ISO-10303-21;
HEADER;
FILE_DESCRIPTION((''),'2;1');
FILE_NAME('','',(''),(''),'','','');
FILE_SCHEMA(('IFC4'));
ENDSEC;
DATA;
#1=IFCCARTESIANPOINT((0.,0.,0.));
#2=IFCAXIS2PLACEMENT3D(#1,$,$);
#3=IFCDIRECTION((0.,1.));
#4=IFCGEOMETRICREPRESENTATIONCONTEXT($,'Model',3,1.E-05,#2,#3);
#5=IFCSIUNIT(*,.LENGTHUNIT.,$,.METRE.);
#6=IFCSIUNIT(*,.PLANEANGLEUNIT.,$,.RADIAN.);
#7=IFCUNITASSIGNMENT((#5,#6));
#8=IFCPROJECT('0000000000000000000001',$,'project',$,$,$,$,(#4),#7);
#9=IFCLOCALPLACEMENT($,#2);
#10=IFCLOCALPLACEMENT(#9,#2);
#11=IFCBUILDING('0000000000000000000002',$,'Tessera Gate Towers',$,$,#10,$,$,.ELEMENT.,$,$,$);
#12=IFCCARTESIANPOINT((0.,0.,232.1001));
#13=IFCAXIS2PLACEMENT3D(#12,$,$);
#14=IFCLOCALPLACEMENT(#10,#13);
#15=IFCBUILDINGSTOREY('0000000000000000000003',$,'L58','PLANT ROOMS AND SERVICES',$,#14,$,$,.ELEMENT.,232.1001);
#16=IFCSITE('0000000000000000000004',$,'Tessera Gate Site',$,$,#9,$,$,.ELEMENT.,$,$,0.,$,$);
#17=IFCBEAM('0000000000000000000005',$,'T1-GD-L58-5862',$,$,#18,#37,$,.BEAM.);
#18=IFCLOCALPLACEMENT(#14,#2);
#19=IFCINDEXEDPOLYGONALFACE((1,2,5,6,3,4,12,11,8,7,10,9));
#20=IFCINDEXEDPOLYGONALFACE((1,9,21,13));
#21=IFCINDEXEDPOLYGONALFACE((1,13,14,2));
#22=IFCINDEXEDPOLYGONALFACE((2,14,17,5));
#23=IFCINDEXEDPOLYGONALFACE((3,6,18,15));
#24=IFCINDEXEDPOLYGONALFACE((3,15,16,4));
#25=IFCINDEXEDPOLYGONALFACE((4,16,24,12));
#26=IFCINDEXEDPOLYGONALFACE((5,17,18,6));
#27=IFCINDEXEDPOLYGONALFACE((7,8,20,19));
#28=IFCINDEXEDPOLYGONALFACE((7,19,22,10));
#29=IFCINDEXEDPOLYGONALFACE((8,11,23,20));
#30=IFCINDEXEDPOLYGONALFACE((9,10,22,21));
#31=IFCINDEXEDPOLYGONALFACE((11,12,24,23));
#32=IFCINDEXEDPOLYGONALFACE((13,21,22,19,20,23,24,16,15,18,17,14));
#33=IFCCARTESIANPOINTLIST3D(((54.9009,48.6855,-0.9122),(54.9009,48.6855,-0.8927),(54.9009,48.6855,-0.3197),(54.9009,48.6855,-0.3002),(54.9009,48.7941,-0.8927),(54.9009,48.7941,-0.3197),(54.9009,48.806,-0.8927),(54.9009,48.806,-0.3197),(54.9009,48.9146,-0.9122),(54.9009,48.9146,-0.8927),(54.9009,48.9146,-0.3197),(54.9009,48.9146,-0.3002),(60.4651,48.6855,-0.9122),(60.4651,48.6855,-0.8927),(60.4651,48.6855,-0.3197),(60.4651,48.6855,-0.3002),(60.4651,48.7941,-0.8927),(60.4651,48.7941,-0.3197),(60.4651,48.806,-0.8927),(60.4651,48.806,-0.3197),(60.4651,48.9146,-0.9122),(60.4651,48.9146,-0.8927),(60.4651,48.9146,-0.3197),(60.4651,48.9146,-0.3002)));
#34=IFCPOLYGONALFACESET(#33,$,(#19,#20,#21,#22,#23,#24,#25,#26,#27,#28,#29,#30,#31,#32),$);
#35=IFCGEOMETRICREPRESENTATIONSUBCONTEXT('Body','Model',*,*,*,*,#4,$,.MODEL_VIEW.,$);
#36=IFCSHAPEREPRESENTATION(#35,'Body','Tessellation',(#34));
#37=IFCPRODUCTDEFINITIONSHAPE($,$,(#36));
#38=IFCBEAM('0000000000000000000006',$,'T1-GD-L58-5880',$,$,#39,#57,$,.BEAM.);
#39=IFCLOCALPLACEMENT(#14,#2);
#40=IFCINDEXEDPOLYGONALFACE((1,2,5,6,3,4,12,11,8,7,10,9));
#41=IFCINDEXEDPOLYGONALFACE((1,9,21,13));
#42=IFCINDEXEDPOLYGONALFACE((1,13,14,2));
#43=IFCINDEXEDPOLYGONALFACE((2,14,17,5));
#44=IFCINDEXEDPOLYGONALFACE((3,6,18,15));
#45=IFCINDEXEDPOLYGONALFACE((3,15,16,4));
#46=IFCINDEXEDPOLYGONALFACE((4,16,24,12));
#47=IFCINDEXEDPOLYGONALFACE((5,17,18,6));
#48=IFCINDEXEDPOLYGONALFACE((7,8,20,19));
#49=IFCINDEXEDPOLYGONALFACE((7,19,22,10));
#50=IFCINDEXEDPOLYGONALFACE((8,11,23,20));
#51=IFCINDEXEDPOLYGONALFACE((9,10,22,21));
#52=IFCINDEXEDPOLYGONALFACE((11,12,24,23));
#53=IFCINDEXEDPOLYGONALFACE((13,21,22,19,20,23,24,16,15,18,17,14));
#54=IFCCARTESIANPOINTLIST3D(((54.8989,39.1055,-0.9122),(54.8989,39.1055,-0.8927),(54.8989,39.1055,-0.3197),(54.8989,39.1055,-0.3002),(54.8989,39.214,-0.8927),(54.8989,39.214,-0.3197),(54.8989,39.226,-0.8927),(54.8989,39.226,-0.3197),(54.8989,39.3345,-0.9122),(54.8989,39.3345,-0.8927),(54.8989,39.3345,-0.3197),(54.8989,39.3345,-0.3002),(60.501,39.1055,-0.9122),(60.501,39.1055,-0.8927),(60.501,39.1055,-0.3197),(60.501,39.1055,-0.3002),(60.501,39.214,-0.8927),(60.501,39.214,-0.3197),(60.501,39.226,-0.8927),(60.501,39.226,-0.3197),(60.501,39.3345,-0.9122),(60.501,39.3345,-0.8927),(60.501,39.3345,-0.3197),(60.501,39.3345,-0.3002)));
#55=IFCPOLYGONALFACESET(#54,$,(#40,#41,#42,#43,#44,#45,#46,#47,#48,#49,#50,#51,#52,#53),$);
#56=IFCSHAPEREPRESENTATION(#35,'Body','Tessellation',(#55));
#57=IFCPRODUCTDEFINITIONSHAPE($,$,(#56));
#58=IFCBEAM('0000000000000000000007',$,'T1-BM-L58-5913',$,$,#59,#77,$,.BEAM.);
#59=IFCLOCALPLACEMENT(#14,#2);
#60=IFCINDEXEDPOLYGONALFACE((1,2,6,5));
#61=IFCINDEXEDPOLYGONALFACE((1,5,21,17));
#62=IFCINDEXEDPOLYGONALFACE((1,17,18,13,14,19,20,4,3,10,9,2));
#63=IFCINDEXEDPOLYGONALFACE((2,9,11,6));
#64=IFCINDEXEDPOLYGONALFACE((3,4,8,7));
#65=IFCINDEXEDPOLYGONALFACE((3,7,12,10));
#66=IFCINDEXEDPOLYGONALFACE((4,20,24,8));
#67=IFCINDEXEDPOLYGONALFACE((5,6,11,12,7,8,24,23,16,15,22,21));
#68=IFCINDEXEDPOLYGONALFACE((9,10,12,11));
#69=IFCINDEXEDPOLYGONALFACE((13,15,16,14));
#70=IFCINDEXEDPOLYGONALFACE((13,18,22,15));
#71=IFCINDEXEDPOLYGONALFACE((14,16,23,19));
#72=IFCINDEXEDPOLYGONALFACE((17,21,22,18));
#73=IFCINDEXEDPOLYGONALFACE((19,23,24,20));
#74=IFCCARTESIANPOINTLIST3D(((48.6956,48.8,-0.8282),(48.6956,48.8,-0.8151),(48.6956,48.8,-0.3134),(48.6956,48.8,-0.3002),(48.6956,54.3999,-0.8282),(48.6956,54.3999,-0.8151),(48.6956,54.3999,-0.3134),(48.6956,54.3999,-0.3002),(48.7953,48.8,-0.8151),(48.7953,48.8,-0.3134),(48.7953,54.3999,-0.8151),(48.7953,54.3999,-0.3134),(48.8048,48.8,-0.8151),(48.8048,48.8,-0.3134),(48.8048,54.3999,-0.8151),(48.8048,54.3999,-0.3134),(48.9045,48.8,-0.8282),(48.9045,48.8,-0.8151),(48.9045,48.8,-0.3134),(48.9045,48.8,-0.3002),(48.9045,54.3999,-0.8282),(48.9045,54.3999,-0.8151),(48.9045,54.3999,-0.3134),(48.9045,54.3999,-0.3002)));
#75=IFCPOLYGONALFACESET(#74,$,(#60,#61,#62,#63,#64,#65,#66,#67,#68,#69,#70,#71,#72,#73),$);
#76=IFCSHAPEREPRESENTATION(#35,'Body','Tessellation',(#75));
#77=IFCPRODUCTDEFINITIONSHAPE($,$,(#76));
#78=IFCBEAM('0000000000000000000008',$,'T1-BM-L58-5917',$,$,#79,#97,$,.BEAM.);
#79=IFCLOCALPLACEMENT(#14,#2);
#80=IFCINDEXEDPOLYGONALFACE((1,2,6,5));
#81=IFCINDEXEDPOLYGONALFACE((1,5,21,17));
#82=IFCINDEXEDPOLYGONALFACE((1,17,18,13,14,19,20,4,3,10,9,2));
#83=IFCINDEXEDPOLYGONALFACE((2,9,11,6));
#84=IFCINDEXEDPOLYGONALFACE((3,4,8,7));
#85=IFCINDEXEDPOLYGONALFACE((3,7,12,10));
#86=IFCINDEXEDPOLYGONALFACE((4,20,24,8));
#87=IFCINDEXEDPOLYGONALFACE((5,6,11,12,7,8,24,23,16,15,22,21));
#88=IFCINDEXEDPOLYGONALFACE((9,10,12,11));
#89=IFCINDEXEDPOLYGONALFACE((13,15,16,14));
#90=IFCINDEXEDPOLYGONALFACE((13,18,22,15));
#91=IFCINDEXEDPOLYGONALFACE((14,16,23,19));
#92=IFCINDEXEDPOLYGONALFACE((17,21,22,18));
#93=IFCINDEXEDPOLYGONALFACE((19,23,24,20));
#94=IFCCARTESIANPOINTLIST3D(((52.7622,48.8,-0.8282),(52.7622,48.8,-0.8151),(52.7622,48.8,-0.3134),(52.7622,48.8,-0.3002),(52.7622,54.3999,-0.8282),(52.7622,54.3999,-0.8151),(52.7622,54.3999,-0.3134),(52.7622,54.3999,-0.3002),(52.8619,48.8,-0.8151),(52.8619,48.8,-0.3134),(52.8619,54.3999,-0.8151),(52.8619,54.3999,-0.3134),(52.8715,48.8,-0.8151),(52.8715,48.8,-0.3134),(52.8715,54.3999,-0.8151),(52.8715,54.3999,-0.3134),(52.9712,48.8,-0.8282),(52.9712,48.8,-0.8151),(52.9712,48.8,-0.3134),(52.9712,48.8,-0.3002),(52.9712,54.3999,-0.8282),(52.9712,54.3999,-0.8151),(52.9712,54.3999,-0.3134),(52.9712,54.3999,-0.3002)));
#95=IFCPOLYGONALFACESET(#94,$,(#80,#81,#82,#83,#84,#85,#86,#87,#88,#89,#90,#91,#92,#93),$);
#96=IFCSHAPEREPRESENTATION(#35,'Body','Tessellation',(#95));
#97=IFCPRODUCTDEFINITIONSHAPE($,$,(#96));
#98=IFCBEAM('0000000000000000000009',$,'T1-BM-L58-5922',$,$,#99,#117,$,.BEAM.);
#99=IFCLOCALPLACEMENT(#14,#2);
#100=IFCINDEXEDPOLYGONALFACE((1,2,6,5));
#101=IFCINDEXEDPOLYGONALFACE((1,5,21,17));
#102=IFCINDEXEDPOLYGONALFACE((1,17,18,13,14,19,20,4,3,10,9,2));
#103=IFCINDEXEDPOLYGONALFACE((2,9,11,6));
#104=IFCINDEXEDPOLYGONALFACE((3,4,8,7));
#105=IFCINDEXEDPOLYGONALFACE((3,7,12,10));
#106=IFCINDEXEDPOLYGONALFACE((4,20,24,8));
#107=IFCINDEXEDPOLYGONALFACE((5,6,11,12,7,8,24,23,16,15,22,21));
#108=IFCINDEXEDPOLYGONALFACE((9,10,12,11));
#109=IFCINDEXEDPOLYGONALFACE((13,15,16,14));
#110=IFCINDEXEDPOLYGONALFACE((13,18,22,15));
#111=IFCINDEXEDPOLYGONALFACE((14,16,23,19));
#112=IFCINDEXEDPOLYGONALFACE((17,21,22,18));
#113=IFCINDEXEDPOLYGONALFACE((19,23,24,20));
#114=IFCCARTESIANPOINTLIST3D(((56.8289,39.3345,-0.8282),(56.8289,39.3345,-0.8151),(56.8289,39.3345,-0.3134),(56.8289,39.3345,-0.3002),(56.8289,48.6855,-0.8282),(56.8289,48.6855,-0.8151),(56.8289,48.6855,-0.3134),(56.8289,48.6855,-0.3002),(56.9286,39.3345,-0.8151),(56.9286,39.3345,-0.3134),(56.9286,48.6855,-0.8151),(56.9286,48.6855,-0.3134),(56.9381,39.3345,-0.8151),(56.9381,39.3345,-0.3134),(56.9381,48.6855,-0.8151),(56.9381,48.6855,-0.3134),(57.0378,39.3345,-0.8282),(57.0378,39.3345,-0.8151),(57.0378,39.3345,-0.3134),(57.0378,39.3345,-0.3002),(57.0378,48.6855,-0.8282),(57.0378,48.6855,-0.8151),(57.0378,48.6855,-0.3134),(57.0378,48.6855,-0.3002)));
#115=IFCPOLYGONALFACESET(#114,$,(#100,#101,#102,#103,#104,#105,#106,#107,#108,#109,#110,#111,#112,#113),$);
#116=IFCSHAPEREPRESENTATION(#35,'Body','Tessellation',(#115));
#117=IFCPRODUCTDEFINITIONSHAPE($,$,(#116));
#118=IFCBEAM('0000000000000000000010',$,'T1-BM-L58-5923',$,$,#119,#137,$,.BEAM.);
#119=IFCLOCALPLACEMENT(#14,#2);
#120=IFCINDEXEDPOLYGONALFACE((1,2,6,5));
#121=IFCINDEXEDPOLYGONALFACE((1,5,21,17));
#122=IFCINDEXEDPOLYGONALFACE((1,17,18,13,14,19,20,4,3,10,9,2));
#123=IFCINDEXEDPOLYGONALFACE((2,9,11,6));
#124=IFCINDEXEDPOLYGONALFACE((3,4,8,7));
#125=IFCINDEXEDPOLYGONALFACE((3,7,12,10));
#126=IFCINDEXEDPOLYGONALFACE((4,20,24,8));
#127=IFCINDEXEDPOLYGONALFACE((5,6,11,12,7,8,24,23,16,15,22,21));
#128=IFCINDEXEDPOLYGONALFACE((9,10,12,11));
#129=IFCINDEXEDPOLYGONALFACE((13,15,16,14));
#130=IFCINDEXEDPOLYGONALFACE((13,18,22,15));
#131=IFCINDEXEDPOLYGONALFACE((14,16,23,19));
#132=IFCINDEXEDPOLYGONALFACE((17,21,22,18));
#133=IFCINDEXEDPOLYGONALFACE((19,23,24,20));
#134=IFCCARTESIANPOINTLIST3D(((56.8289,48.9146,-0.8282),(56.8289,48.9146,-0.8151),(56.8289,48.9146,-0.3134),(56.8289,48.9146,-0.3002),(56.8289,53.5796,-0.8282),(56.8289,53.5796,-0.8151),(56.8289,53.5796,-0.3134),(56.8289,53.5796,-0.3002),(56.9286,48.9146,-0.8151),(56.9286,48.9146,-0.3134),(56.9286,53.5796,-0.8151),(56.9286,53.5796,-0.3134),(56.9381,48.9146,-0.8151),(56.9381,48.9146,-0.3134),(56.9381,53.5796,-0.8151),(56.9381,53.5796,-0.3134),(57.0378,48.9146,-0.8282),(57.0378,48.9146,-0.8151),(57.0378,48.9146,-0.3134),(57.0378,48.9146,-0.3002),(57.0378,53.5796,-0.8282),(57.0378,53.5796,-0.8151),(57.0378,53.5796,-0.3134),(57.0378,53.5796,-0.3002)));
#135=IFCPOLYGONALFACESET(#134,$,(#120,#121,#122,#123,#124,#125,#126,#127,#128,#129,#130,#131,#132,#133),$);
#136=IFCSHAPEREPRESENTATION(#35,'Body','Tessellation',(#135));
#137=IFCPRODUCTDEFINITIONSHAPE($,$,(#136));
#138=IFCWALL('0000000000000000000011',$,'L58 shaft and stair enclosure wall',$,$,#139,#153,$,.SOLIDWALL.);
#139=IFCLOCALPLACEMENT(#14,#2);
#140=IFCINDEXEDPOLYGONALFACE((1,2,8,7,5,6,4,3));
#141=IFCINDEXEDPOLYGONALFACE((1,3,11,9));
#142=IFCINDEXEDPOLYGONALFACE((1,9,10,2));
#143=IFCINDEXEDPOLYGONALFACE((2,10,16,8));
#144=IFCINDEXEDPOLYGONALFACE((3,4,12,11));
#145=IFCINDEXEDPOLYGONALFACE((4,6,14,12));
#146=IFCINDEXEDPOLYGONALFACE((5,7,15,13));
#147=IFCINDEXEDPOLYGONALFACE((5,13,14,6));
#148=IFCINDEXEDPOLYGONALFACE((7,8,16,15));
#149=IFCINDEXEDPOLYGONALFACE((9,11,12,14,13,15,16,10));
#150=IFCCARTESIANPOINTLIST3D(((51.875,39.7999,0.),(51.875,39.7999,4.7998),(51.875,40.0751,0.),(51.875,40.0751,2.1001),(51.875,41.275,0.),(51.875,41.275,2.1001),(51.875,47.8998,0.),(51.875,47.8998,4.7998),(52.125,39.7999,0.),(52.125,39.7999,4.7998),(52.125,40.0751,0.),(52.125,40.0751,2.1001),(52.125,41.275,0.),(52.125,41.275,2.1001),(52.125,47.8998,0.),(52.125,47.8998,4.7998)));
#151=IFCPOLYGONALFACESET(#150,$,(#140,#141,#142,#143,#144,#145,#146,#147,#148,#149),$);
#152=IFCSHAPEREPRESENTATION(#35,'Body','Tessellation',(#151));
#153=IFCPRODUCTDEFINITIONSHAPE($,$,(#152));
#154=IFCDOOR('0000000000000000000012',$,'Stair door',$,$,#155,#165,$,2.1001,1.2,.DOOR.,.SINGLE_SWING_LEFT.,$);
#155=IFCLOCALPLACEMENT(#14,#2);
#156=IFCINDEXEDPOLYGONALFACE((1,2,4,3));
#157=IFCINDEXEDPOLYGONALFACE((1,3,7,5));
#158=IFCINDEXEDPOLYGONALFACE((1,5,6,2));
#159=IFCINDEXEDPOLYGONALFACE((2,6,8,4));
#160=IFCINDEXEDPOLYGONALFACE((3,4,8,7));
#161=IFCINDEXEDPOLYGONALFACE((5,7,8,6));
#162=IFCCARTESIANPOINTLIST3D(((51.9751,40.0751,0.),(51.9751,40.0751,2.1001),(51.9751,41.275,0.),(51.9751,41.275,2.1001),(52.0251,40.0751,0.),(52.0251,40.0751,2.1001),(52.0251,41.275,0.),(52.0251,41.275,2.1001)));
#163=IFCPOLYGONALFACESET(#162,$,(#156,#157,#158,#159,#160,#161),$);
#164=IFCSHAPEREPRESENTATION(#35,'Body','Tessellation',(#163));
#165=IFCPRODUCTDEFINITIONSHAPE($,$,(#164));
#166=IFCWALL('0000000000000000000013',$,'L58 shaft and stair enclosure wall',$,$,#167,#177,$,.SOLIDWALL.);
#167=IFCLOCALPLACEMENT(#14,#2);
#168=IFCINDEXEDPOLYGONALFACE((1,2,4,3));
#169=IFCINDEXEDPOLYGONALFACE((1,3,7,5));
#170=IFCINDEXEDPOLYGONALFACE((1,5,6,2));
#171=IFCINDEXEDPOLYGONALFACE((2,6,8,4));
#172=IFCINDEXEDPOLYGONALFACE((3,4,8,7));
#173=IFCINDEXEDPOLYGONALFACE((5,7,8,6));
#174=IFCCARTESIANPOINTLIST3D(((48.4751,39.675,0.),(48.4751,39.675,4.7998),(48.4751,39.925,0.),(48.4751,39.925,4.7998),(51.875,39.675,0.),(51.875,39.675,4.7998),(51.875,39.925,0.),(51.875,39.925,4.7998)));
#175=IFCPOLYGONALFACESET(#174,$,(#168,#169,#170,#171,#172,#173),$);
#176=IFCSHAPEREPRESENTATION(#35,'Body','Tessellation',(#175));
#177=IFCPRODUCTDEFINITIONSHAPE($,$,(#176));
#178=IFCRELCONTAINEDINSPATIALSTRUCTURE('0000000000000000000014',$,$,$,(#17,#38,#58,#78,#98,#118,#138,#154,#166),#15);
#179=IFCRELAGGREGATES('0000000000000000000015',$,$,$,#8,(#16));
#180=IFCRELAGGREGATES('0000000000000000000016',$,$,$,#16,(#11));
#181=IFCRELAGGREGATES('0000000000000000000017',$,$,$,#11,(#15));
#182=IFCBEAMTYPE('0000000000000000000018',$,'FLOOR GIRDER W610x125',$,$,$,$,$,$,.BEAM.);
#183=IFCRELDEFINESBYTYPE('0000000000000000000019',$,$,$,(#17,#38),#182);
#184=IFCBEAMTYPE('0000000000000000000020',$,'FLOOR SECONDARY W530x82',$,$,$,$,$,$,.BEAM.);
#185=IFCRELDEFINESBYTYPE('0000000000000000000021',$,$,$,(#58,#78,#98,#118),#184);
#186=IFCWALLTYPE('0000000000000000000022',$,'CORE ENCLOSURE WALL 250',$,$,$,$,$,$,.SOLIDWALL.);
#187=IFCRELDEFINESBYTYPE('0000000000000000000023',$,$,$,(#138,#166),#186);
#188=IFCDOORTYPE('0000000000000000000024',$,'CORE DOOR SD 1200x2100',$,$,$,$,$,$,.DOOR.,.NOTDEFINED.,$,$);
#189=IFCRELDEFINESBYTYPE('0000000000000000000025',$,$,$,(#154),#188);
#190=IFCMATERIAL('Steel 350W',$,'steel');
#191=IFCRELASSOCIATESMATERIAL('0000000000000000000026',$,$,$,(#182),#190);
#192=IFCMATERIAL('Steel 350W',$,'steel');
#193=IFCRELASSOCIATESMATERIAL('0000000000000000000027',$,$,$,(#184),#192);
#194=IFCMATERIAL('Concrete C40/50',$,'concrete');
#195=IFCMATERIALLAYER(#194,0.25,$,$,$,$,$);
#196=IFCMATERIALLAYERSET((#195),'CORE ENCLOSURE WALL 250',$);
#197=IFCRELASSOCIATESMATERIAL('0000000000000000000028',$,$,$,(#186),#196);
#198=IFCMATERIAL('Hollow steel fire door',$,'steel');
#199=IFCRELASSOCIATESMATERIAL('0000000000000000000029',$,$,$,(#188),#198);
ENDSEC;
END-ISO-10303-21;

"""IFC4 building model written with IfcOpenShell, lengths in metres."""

from ifc_helpers import new_model, si_unit, direction, frame, frame_2d, origin, origin_2d, place, context, subcontext, project, spatial, rectangle, i_section, extrude, source, transform, mapped, material, layer, layer_set, material_profile, profile_set, type_object, element, fill, save


model = new_model("IFC4")

# Units and contexts
model_context = context("Model", 3, precision=1e-05, world=origin(), true_north=direction((0.0, 1.0)))
body_context = subcontext(model_context, "Body", "Model", "MODEL_VIEW")
ifc_project = project(units=[si_unit("LENGTHUNIT", "METRE"), si_unit("PLANEANGLEUNIT", "RADIAN")], contexts=[model_context])

# Site, building, storey
site_placement = place(None, origin())
site = spatial("IfcSite", under=ifc_project, at=site_placement, Name="Tessera Gate Site", CompositionType="ELEMENT", RefElevation=0.0)
building_placement = place(site_placement, origin())
building = spatial("IfcBuilding", under=site, at=building_placement, Name="Tessera Gate Towers", CompositionType="ELEMENT")
storey_placement = place(building_placement, frame((0.0, 0.0, 232.1001)))
storey = spatial("IfcBuildingStorey", under=building, at=storey_placement, Name="L58", Description="PLANT ROOMS AND SERVICES", CompositionType="ELEMENT", Elevation=232.1001)

# Beams
ifc_material_1 = material(Name="Steel 350W", Category="steel")
ifc_material_profile_1 = material_profile(ifc_material_1, i_section(OverallWidth=0.229, OverallDepth=0.6121, WebThickness=0.012, FlangeThickness=0.0195, at=origin_2d()), Name="W610x125")
ifc_profile_set_1 = profile_set([ifc_material_profile_1], Name="Steel 350W")
beam_type_1 = type_object("IfcBeamType", Name="FLOOR GIRDER W610x125", PredefinedType="BEAM", material=ifc_profile_set_1)
beam_1_placement = place(storey_placement, frame((54.9009, 48.8, -0.6062), z_axis=(1.0, 0.0, 0.0), x_axis=(0.0, 1.0, 0.0)))
element("IfcBeam", 1, at=beam_1_placement, inside=storey, type_object=beam_type_1, Name="T1-GD-L58-5862", PredefinedType="BEAM", context=body_context, shape_type="SweptSolid", body=[
    extrude(i_section(OverallWidth=0.229, OverallDepth=0.6121, WebThickness=0.012, FlangeThickness=0.0195, at=origin_2d()), origin(), (0.0, 0.0, 1.0), 5.5642),
])
beam_2_placement = place(storey_placement, frame((54.8989, 39.22, -0.6062), z_axis=(1.0, 0.0, 0.0), x_axis=(0.0, 1.0, 0.0)))
element("IfcBeam", 2, at=beam_2_placement, inside=storey, type_object=beam_type_1, Name="T1-GD-L58-5880", PredefinedType="BEAM", context=body_context, shape_type="SweptSolid", body=[
    extrude(i_section(OverallWidth=0.229, OverallDepth=0.6121, WebThickness=0.012, FlangeThickness=0.0195, at=origin_2d()), origin(), (0.0, 0.0, 1.0), 5.6021),
])
ifc_material_2 = material(Name="Steel 350W", Category="steel")
ifc_material_profile_2 = material_profile(ifc_material_2, i_section(OverallWidth=0.209, OverallDepth=0.5281, WebThickness=0.0095, FlangeThickness=0.0132, at=origin_2d()), Name="W530x82")
ifc_profile_set_2 = profile_set([ifc_material_profile_2], Name="Steel 350W")
beam_type_2 = type_object("IfcBeamType", Name="FLOOR SECONDARY W530x82", PredefinedType="BEAM", material=ifc_profile_set_2)
for number, where, z_axis, x_axis, name in (
    (3, (48.8, 48.8, -0.5642), (0.0, 1.0, 0.0), (-1.0, 0.0, 0.0), "T1-BM-L58-5913"),
    (4, (52.8667, 48.8, -0.5642), (0.0, 1.0, 0.0), (-1.0, 0.0, 0.0), "T1-BM-L58-5917"),
):
    element("IfcBeam", number, at=place(storey_placement, frame(where, z_axis=z_axis, x_axis=x_axis)), inside=storey, type_object=beam_type_2, Name=name, PredefinedType="BEAM", context=body_context, shape_type="SweptSolid", body=[
        extrude(i_section(OverallWidth=0.209, OverallDepth=0.5281, WebThickness=0.0095, FlangeThickness=0.0132, at=origin_2d()), origin(), (0.0, 0.0, 1.0), 5.5999),
    ])
beam_3_placement = place(storey_placement, frame((56.9333, 39.3345, -0.5642), z_axis=(0.0, 1.0, 0.0), x_axis=(-1.0, 0.0, 0.0)))
element("IfcBeam", 5, at=beam_3_placement, inside=storey, type_object=beam_type_2, Name="T1-BM-L58-5922", PredefinedType="BEAM", context=body_context, shape_type="SweptSolid", body=[
    extrude(i_section(OverallWidth=0.209, OverallDepth=0.5281, WebThickness=0.0095, FlangeThickness=0.0132, at=origin_2d()), origin(), (0.0, 0.0, 1.0), 9.3511),
])
beam_4_placement = place(storey_placement, frame((56.9333, 48.9146, -0.5642), z_axis=(0.0, 1.0, 0.0), x_axis=(-1.0, 0.0, 0.0)))
element("IfcBeam", 6, at=beam_4_placement, inside=storey, type_object=beam_type_2, Name="T1-BM-L58-5923", PredefinedType="BEAM", context=body_context, shape_type="SweptSolid", body=[
    extrude(i_section(OverallWidth=0.209, OverallDepth=0.5281, WebThickness=0.0095, FlangeThickness=0.0132, at=origin_2d()), origin(), (0.0, 0.0, 1.0), 4.665),
])

# Wall, opening, door
ifc_material_3 = material(Name="Concrete C40/50", Category="concrete")
ifc_layer_1 = layer(ifc_material_3, 0.25)
ifc_layer_set_1 = layer_set([ifc_layer_1], Name="CORE ENCLOSURE WALL 250")
wall_type_1 = type_object("IfcWallType", Name="CORE ENCLOSURE WALL 250", PredefinedType="SOLIDWALL", material=ifc_layer_set_1)
wall_1_placement = place(storey_placement, frame((52.0, 39.8, 0.0), z_axis=(0.0, 0.0, 1.0), x_axis=(0.0, 1.0, 0.0)))
wall_1 = element("IfcWall", 7, at=wall_1_placement, inside=storey, type_object=wall_type_1, Name="L58 shaft and stair enclosure wall", PredefinedType="SOLIDWALL", context=body_context, shape_type="SweptSolid", body=[
    extrude(rectangle(XDim=8.0999, YDim=0.25, at=frame_2d((4.0498, 0.0))), origin(), (0.0, 0.0, 1.0), 4.7998),
])
shared_shape_1 = source(origin(), body_context, "Body", "SweptSolid", [
    extrude(rectangle(XDim=1.2, YDim=2.1001, at=frame_2d((0.6001, 1.05))), frame((0.0, 0.135, 0.0), z_axis=(0.0, -1.0, 0.0), x_axis=(1.0, 0.0, 0.0)), (0.0, 0.0, 1.0), 0.27),
])
opening_1_placement = place(wall_1_placement, frame((0.2749, 0.0, 0.0)))
opening_1 = element("IfcOpeningElement", 8, at=opening_1_placement, cuts=wall_1, PredefinedType="OPENING", context=body_context, shape_type="MappedRepresentation", body=[
    mapped(shared_shape_1, transform((0.0, 0.0, 0.0), scale=1.0)),
])
ifc_material_4 = material(Name="Hollow steel fire door", Category="steel")
door_type_1 = type_object("IfcDoorType", Name="CORE DOOR SD 1200x2100", OperationType="NOTDEFINED", PredefinedType="DOOR", material=ifc_material_4)
shared_shape_2 = source(origin(), body_context, "Body", "SweptSolid", [
    extrude(rectangle(XDim=1.2, YDim=2.1001, at=frame_2d((0.6001, 1.05))), frame((0.0, 0.0249, 0.0), z_axis=(0.0, -1.0, 0.0), x_axis=(1.0, 0.0, 0.0)), (0.0, 0.0, 1.0), 0.05),
])
door_1_placement = place(opening_1_placement, origin())
door_1 = element("IfcDoor", 9, at=door_1_placement, inside=storey, type_object=door_type_1, Name="Stair door", OperationType="SINGLE_SWING_LEFT", OverallHeight=2.1001, OverallWidth=1.2, PredefinedType="DOOR", context=body_context, shape_type="MappedRepresentation", body=[
    mapped(shared_shape_2, transform((0.0, 0.0, 0.0), scale=1.0)),
])
fill(opening_1, door_1)

# Wall
wall_2_placement = place(storey_placement, frame((48.4751, 39.8, 0.0), z_axis=(0.0, 0.0, 1.0), x_axis=(1.0, 0.0, 0.0)))
element("IfcWall", 10, at=wall_2_placement, inside=storey, type_object=wall_type_1, Name="L58 shaft and stair enclosure wall", PredefinedType="SOLIDWALL", context=body_context, shape_type="SweptSolid", body=[
    extrude(rectangle(XDim=3.3999, YDim=0.25, at=frame_2d((1.7, 0.0))), origin(), (0.0, 0.0, 1.0), 4.7998),
])

save(model, "model.ifc")
